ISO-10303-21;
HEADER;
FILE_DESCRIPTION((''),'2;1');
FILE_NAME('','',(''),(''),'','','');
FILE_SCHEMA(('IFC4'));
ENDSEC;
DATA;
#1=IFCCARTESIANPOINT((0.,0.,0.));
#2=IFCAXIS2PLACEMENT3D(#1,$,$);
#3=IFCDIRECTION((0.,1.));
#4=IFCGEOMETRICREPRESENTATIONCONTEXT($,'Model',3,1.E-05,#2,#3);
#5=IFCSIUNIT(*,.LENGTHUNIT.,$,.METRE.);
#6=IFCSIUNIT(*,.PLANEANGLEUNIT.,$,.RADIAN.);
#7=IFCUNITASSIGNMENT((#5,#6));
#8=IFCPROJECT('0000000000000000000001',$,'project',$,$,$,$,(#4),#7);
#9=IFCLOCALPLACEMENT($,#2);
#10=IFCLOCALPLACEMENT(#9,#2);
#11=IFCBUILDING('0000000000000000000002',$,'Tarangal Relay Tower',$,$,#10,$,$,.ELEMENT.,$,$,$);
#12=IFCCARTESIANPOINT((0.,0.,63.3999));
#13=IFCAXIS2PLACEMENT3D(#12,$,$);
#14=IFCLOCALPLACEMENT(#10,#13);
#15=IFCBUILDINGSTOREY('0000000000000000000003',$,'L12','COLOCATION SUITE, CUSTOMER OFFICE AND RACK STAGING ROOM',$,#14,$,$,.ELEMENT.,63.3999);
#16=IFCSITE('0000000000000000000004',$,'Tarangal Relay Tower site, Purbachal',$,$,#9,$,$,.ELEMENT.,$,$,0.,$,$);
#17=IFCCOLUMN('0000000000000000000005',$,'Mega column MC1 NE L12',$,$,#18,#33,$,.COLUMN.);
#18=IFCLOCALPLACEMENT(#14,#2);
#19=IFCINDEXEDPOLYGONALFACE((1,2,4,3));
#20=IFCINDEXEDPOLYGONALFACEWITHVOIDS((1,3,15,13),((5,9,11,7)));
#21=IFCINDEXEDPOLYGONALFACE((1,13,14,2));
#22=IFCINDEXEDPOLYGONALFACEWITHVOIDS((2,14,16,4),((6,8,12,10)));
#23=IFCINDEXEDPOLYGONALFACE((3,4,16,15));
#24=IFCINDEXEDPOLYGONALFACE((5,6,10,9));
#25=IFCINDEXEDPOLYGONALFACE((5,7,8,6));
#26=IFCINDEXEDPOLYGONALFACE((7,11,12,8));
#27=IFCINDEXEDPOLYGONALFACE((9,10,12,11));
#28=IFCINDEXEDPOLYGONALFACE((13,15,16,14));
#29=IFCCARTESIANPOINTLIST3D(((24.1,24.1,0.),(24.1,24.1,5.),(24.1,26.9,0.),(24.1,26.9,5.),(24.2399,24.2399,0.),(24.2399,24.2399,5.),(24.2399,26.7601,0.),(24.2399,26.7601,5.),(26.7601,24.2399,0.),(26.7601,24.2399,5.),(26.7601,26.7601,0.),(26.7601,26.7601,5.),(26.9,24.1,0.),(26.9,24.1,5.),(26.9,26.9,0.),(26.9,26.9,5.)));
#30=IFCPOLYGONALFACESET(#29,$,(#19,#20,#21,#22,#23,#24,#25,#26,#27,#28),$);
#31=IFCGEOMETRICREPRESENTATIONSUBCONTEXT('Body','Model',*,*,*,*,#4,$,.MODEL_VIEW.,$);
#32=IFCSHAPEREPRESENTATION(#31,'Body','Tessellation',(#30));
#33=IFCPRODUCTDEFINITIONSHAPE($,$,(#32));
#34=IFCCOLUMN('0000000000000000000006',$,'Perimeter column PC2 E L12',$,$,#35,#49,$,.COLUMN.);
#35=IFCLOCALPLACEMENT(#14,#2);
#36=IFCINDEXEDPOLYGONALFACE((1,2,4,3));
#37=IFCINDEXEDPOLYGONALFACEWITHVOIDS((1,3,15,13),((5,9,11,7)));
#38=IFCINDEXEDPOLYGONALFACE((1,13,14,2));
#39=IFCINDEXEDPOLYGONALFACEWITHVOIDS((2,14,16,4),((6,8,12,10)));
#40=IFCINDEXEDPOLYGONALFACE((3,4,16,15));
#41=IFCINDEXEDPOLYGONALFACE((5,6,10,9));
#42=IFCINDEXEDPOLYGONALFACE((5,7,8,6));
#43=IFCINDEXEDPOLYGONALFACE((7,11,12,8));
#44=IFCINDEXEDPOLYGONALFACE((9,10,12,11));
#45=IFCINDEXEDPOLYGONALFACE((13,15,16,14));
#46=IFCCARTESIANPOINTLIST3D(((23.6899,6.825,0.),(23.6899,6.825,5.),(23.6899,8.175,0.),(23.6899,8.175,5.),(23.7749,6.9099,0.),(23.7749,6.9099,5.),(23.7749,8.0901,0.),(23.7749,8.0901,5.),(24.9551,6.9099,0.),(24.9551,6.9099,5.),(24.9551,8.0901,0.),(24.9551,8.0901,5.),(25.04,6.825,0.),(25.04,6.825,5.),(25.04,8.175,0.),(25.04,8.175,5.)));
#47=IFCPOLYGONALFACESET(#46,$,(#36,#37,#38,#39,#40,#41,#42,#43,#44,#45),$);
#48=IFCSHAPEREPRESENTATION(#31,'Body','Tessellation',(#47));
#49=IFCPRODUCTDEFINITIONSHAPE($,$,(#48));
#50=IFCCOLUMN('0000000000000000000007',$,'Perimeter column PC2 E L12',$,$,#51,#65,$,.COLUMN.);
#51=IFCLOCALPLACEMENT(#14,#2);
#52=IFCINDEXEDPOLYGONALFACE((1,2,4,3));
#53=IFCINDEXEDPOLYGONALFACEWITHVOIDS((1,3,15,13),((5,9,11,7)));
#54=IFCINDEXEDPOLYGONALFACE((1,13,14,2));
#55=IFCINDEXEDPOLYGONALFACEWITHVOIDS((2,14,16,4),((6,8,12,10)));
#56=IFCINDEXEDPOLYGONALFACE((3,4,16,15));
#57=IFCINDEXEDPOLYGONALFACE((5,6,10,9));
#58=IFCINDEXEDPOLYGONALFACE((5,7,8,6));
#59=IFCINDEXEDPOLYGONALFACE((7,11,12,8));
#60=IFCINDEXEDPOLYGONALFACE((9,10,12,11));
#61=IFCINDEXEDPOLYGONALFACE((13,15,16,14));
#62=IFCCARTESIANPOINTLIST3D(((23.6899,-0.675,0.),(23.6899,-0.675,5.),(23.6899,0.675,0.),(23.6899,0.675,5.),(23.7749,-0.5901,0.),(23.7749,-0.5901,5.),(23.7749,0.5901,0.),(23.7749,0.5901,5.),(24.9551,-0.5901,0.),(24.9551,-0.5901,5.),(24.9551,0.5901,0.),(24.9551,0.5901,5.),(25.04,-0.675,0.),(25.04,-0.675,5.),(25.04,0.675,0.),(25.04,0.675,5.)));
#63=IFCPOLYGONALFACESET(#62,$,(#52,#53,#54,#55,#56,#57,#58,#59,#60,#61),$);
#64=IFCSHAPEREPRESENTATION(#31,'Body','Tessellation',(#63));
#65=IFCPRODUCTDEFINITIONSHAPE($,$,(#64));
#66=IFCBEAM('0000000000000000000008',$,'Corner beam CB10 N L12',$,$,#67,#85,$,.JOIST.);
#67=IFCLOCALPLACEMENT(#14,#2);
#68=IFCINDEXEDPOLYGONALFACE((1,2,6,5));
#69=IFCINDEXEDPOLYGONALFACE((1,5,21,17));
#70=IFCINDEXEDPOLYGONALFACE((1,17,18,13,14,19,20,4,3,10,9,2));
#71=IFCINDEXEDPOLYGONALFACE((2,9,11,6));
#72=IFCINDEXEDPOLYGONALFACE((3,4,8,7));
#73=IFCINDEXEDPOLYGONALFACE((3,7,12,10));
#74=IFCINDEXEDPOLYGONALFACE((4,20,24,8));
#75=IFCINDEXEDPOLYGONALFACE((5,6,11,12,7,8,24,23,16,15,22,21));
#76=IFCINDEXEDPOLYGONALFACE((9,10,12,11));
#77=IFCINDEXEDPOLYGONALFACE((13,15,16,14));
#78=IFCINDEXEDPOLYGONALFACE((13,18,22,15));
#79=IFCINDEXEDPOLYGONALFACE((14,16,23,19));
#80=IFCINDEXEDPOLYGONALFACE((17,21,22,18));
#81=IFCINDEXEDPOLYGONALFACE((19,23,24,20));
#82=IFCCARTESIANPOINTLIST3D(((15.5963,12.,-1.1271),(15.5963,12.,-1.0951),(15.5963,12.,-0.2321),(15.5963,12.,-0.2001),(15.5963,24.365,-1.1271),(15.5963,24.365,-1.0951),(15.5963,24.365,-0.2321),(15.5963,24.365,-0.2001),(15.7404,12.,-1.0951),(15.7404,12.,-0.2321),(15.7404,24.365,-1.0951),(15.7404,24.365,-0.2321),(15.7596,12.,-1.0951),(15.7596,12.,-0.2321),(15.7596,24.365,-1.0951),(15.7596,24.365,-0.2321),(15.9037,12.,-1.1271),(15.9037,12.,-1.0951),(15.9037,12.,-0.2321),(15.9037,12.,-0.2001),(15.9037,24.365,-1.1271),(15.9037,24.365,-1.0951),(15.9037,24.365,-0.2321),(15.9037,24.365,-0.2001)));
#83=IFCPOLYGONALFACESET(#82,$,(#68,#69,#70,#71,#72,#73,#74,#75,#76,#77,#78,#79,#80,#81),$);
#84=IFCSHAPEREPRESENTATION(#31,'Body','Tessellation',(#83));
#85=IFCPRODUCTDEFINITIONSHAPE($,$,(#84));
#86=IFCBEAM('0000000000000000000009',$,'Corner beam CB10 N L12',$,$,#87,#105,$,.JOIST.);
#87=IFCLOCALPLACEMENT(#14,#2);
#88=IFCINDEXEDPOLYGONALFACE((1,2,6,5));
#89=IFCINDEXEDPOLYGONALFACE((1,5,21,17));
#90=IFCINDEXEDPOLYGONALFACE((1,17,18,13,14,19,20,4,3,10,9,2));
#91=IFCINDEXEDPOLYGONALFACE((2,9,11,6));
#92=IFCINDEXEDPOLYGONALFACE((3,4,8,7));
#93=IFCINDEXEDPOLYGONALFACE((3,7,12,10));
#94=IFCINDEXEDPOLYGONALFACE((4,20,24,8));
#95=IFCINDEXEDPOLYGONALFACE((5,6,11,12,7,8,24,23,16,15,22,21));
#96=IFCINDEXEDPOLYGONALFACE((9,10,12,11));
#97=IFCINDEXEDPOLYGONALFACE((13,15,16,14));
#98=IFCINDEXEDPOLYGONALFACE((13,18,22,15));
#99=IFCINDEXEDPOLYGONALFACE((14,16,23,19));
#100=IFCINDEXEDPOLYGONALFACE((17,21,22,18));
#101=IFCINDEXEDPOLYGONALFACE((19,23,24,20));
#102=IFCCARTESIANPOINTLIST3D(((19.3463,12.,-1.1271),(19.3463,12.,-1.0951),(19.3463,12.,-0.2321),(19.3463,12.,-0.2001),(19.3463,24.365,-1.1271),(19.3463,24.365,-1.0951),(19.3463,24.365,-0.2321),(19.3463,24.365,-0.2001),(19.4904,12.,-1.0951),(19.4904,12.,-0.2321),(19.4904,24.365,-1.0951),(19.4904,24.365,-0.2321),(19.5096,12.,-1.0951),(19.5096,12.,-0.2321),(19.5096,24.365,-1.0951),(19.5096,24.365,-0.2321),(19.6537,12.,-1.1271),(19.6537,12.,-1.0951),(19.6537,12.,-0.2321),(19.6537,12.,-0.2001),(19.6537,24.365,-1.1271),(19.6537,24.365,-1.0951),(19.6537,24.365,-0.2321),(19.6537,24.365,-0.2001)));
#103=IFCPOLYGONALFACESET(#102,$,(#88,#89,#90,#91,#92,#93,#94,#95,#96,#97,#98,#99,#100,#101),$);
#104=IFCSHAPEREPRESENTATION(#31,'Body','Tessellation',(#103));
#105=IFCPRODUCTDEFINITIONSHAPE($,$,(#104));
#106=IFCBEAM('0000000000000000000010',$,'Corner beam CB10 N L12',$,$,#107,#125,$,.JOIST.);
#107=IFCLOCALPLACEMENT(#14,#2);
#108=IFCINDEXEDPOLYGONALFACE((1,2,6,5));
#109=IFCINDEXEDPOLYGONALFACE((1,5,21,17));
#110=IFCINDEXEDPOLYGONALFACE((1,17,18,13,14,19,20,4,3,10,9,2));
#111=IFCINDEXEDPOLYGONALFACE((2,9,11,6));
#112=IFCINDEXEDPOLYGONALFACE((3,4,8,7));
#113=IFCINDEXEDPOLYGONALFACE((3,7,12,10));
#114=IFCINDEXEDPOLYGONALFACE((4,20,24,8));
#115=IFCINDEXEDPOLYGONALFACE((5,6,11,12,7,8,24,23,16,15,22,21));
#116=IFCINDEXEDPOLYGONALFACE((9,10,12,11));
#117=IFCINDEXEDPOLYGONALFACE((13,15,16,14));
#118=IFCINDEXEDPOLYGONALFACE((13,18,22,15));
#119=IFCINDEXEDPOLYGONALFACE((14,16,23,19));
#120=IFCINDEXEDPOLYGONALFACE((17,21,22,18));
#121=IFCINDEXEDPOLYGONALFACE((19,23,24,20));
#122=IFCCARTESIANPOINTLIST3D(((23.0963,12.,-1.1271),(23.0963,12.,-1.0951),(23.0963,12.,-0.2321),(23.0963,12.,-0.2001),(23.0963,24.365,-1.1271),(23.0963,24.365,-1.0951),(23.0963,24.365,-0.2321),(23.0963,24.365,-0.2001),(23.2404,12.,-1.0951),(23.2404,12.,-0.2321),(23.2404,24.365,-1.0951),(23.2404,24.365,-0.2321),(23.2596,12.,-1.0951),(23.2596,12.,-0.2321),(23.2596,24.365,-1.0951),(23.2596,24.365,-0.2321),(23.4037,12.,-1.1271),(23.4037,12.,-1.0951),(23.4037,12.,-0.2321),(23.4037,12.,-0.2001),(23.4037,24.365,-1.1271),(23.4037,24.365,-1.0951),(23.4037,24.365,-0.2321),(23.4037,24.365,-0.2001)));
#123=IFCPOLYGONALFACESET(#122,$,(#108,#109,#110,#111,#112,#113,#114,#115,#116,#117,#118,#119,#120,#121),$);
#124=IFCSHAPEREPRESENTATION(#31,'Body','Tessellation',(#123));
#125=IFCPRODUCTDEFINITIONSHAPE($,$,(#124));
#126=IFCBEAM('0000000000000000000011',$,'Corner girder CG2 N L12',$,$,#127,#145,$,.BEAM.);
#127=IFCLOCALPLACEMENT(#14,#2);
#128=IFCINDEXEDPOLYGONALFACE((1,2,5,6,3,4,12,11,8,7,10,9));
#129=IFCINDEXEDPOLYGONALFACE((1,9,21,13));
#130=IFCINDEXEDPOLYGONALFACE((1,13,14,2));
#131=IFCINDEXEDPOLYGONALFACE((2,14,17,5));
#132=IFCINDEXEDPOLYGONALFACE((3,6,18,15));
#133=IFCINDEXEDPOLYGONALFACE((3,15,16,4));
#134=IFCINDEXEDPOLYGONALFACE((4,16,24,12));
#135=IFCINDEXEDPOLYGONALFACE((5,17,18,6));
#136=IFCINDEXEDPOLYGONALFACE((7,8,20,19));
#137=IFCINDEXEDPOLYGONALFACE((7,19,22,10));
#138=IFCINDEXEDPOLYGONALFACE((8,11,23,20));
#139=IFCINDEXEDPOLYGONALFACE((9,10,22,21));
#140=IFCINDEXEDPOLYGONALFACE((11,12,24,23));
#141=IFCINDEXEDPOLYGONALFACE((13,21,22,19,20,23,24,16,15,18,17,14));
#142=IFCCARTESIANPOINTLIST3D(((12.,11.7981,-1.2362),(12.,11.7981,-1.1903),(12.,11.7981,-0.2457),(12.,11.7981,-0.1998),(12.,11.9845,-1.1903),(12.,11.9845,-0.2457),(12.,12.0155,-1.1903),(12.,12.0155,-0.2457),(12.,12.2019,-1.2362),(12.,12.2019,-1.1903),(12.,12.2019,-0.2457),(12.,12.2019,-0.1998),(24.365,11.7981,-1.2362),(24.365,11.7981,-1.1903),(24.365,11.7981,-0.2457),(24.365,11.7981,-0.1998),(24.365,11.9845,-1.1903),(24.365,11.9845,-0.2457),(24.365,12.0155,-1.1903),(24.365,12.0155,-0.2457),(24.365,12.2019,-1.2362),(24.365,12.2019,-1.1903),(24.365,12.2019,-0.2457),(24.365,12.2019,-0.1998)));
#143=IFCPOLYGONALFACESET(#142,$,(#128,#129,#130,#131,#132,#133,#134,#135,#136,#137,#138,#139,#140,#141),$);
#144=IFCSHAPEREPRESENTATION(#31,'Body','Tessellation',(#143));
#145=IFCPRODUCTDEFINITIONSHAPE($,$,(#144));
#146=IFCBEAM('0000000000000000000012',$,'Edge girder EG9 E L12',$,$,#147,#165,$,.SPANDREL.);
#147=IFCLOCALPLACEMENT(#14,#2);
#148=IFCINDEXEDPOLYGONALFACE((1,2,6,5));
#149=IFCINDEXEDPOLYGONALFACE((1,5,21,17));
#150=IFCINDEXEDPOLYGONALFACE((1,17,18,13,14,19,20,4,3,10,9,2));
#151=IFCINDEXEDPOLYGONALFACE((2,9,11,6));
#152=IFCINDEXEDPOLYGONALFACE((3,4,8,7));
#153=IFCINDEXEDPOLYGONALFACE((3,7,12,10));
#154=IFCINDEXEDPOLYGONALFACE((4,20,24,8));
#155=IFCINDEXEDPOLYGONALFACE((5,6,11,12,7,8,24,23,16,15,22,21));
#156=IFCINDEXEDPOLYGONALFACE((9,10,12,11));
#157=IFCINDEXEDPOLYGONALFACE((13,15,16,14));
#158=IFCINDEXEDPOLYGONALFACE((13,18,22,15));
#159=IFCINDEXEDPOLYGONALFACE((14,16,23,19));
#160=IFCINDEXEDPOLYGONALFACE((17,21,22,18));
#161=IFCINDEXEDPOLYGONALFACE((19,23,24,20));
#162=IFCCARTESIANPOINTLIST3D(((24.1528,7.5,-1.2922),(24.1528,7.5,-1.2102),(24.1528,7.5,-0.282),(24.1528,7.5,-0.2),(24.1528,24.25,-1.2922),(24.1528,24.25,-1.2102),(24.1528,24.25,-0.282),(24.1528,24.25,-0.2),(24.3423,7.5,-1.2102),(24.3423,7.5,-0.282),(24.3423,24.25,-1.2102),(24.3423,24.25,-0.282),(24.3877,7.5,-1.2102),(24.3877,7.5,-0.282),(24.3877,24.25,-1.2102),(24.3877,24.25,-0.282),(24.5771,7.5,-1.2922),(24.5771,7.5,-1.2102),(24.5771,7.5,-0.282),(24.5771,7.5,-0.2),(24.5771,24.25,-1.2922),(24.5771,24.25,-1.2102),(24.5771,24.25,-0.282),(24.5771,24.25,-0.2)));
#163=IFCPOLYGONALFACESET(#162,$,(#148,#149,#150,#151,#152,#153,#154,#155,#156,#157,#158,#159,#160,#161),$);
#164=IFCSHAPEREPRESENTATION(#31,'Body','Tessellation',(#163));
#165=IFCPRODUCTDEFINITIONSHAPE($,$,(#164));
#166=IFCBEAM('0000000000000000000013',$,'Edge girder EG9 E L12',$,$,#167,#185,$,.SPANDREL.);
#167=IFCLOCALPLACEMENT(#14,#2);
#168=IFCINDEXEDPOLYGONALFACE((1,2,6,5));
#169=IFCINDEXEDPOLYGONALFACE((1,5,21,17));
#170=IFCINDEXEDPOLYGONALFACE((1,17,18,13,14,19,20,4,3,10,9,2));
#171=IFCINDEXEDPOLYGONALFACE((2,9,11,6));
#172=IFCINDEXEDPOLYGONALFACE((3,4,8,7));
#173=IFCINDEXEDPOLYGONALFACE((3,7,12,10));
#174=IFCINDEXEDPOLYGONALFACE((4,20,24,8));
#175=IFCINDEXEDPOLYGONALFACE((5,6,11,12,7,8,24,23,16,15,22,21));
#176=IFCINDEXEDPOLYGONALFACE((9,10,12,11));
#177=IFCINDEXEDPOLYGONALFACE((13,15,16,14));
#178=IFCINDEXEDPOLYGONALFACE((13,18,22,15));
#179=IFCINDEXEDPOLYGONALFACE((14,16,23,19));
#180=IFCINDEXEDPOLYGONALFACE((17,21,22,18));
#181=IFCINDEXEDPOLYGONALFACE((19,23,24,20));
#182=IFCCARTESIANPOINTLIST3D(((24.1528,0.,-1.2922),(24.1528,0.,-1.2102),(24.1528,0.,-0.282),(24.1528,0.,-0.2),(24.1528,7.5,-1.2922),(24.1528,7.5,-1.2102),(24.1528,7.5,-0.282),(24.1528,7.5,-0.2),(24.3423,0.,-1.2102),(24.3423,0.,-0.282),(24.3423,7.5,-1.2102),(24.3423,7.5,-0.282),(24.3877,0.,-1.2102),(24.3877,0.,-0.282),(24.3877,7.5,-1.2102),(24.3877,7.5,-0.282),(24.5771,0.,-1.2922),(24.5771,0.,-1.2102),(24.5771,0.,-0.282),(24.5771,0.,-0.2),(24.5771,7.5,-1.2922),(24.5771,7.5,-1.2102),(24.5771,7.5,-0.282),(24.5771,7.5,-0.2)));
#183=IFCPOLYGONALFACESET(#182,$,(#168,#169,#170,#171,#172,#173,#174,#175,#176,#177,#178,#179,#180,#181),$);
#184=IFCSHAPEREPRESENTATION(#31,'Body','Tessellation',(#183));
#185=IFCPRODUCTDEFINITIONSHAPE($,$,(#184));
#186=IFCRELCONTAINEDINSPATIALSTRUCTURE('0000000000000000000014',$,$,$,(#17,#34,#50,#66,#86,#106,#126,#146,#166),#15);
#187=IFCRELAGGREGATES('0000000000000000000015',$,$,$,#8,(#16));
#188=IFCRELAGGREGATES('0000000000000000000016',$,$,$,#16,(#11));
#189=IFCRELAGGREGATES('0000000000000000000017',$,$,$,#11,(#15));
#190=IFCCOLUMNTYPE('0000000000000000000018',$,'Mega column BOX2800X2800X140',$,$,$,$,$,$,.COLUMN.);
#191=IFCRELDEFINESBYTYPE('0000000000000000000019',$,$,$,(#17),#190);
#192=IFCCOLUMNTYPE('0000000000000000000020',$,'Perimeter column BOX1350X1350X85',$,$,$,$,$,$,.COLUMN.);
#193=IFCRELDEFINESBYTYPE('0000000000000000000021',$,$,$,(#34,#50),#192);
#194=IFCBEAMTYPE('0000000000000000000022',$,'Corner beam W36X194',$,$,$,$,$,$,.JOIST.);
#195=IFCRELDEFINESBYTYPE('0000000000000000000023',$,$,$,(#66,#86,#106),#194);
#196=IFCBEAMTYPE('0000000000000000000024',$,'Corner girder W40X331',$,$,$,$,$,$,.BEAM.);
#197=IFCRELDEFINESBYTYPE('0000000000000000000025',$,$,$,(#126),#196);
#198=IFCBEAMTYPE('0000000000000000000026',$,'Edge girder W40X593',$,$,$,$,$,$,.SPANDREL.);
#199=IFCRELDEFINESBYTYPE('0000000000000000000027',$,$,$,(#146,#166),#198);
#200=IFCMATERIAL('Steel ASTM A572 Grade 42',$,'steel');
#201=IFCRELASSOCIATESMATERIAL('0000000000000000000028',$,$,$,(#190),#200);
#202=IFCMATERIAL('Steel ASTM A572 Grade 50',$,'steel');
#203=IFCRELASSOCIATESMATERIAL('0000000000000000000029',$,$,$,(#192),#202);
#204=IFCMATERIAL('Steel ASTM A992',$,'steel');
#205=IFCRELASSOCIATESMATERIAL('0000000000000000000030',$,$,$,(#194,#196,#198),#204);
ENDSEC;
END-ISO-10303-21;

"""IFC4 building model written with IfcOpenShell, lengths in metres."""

from ifc_helpers import new_model, si_unit, direction, frame, origin, origin_2d, place, context, subcontext, project, spatial, hollow_rectangle, i_section, extrude, material, material_profile, profile_set, type_object, element, save


model = new_model("IFC4")

# Units and contexts
model_context = context("Model", 3, precision=1e-05, world=origin(), true_north=direction((0.0, 1.0)))
body_context = subcontext(model_context, "Body", "Model", "MODEL_VIEW")
ifc_project = project(units=[si_unit("LENGTHUNIT", "METRE"), si_unit("PLANEANGLEUNIT", "RADIAN")], contexts=[model_context])

# Site, building, storey
site_placement = place(None, origin())
site = spatial("IfcSite", under=ifc_project, at=site_placement, Name="Tarangal Relay Tower site, Purbachal", CompositionType="ELEMENT", RefElevation=0.0)
building_placement = place(site_placement, origin())
building = spatial("IfcBuilding", under=site, at=building_placement, Name="Tarangal Relay Tower", CompositionType="ELEMENT")
storey_placement = place(building_placement, frame((0.0, 0.0, 63.3999)))
storey = spatial("IfcBuildingStorey", under=building, at=storey_placement, Name="L12", Description="COLOCATION SUITE, CUSTOMER OFFICE AND RACK STAGING ROOM", CompositionType="ELEMENT", Elevation=63.3999)

# Columns
ifc_material_1 = material(Name="Steel ASTM A572 Grade 42", Category="steel")
ifc_material_profile_1 = material_profile(ifc_material_1, hollow_rectangle(XDim=2.8, YDim=2.8, WallThickness=0.1399, at=origin_2d()), Name="BOX2800X2800X140")
ifc_profile_set_1 = profile_set([ifc_material_profile_1], Name="Steel ASTM A572 Grade 42")
column_type_1 = type_object("IfcColumnType", Name="Mega column BOX2800X2800X140", PredefinedType="COLUMN", material=ifc_profile_set_1)
column_placement = place(storey_placement, frame((25.5, 25.5, 0.0), z_axis=(0.0, 0.0, 1.0), x_axis=(1.0, 0.0, 0.0)))
element("IfcColumn", 1, at=column_placement, inside=storey, type_object=column_type_1, Name="Mega column MC1 NE L12", PredefinedType="COLUMN", context=body_context, shape_type="SweptSolid", body=[
    extrude(hollow_rectangle(XDim=2.8, YDim=2.8, WallThickness=0.1399, at=origin_2d()), origin(), (0.0, 0.0, 1.0), 5.0),
])
ifc_material_2 = material(Name="Steel ASTM A572 Grade 50", Category="steel")
ifc_material_profile_2 = material_profile(ifc_material_2, hollow_rectangle(XDim=1.3501, YDim=1.3501, WallThickness=0.085, at=origin_2d()), Name="BOX1350X1350X85")
ifc_profile_set_2 = profile_set([ifc_material_profile_2], Name="Steel ASTM A572 Grade 50")
column_type_2 = type_object("IfcColumnType", Name="Perimeter column BOX1350X1350X85", PredefinedType="COLUMN", material=ifc_profile_set_2)
for number, where, z_axis, x_axis, name in (
    (2, (24.365, 7.5, 0.0), (0.0, 0.0, 1.0), (1.0, 0.0, 0.0), "Perimeter column PC2 E L12"),
    (3, (24.365, 0.0, 0.0), (0.0, 0.0, 1.0), (1.0, 0.0, 0.0), "Perimeter column PC2 E L12"),
):
    element("IfcColumn", number, at=place(storey_placement, frame(where, z_axis=z_axis, x_axis=x_axis)), inside=storey, type_object=column_type_2, Name=name, PredefinedType="COLUMN", context=body_context, shape_type="SweptSolid", body=[
        extrude(hollow_rectangle(XDim=1.3501, YDim=1.3501, WallThickness=0.085, at=origin_2d()), origin(), (0.0, 0.0, 1.0), 5.0),
    ])

# Beams
ifc_material_3 = material(Name="Steel ASTM A992", Category="steel")
ifc_material_profile_3 = material_profile(ifc_material_3, i_section(OverallWidth=0.3074, OverallDepth=0.927, WebThickness=0.0193, FlangeThickness=0.032, at=origin_2d()), Name="W36X194")
ifc_profile_set_3 = profile_set([ifc_material_profile_3], Name="Steel ASTM A992")
beam_type_1 = type_object("IfcBeamType", Name="Corner beam W36X194", PredefinedType="JOIST", material=ifc_profile_set_3)
for number, where, z_axis, x_axis, name in (
    (4, (15.75, 12.0, -0.6636), (0.0, 1.0, 0.0), (-1.0, 0.0, 0.0), "Corner beam CB10 N L12"),
    (5, (19.5, 12.0, -0.6636), (0.0, 1.0, 0.0), (-1.0, 0.0, 0.0), "Corner beam CB10 N L12"),
    (6, (23.25, 12.0, -0.6636), (0.0, 1.0, 0.0), (-1.0, 0.0, 0.0), "Corner beam CB10 N L12"),
):
    element("IfcBeam", number, at=place(storey_placement, frame(where, z_axis=z_axis, x_axis=x_axis)), inside=storey, type_object=beam_type_1, Name=name, PredefinedType="JOIST", context=body_context, shape_type="SweptSolid", body=[
        extrude(i_section(OverallWidth=0.3074, OverallDepth=0.927, WebThickness=0.0193, FlangeThickness=0.032, at=origin_2d()), origin(), (0.0, 0.0, 1.0), 12.365),
    ])
ifc_material_profile_4 = material_profile(ifc_material_3, i_section(OverallWidth=0.4038, OverallDepth=1.0364, WebThickness=0.031, FlangeThickness=0.0459, at=origin_2d()), Name="W40X331")
ifc_profile_set_4 = profile_set([ifc_material_profile_4], Name="Steel ASTM A992")
beam_type_2 = type_object("IfcBeamType", Name="Corner girder W40X331", PredefinedType="BEAM", material=ifc_profile_set_4)
beam_1_placement = place(storey_placement, frame((12.0, 12.0, -0.718), z_axis=(1.0, 0.0, 0.0), x_axis=(0.0, 1.0, 0.0)))
element("IfcBeam", 7, at=beam_1_placement, inside=storey, type_object=beam_type_2, Name="Corner girder CG2 N L12", PredefinedType="BEAM", context=body_context, shape_type="SweptSolid", body=[
    extrude(i_section(OverallWidth=0.4038, OverallDepth=1.0364, WebThickness=0.031, FlangeThickness=0.0459, at=origin_2d()), origin(), (0.0, 0.0, 1.0), 12.365),
])
ifc_material_profile_5 = material_profile(ifc_material_3, i_section(OverallWidth=0.4243, OverallDepth=1.0923, WebThickness=0.0454, FlangeThickness=0.082, at=origin_2d()), Name="W40X593")
ifc_profile_set_5 = profile_set([ifc_material_profile_5], Name="Steel ASTM A992")
beam_type_3 = type_object("IfcBeamType", Name="Edge girder W40X593", PredefinedType="SPANDREL", material=ifc_profile_set_5)
beam_2_placement = place(storey_placement, frame((24.365, 24.25, -0.7461), z_axis=(0.0, -1.0, 0.0), x_axis=(1.0, 0.0, 0.0)))
element("IfcBeam", 8, at=beam_2_placement, inside=storey, type_object=beam_type_3, Name="Edge girder EG9 E L12", PredefinedType="SPANDREL", context=body_context, shape_type="SweptSolid", body=[
    extrude(i_section(OverallWidth=0.4243, OverallDepth=1.0923, WebThickness=0.0454, FlangeThickness=0.082, at=origin_2d()), origin(), (0.0, 0.0, 1.0), 16.75),
])
for number, where, z_axis, x_axis, name in (
    (9, (24.365, 7.5, -0.7461), (0.0, -1.0, 0.0), (1.0, 0.0, 0.0), "Edge girder EG9 E L12"),
):
    element("IfcBeam", number, at=place(storey_placement, frame(where, z_axis=z_axis, x_axis=x_axis)), inside=storey, type_object=beam_type_3, Name=name, PredefinedType="SPANDREL", context=body_context, shape_type="SweptSolid", body=[
        extrude(i_section(OverallWidth=0.4243, OverallDepth=1.0923, WebThickness=0.0454, FlangeThickness=0.082, at=origin_2d()), origin(), (0.0, 0.0, 1.0), 7.5),
    ])

save(model, "model.ifc")
